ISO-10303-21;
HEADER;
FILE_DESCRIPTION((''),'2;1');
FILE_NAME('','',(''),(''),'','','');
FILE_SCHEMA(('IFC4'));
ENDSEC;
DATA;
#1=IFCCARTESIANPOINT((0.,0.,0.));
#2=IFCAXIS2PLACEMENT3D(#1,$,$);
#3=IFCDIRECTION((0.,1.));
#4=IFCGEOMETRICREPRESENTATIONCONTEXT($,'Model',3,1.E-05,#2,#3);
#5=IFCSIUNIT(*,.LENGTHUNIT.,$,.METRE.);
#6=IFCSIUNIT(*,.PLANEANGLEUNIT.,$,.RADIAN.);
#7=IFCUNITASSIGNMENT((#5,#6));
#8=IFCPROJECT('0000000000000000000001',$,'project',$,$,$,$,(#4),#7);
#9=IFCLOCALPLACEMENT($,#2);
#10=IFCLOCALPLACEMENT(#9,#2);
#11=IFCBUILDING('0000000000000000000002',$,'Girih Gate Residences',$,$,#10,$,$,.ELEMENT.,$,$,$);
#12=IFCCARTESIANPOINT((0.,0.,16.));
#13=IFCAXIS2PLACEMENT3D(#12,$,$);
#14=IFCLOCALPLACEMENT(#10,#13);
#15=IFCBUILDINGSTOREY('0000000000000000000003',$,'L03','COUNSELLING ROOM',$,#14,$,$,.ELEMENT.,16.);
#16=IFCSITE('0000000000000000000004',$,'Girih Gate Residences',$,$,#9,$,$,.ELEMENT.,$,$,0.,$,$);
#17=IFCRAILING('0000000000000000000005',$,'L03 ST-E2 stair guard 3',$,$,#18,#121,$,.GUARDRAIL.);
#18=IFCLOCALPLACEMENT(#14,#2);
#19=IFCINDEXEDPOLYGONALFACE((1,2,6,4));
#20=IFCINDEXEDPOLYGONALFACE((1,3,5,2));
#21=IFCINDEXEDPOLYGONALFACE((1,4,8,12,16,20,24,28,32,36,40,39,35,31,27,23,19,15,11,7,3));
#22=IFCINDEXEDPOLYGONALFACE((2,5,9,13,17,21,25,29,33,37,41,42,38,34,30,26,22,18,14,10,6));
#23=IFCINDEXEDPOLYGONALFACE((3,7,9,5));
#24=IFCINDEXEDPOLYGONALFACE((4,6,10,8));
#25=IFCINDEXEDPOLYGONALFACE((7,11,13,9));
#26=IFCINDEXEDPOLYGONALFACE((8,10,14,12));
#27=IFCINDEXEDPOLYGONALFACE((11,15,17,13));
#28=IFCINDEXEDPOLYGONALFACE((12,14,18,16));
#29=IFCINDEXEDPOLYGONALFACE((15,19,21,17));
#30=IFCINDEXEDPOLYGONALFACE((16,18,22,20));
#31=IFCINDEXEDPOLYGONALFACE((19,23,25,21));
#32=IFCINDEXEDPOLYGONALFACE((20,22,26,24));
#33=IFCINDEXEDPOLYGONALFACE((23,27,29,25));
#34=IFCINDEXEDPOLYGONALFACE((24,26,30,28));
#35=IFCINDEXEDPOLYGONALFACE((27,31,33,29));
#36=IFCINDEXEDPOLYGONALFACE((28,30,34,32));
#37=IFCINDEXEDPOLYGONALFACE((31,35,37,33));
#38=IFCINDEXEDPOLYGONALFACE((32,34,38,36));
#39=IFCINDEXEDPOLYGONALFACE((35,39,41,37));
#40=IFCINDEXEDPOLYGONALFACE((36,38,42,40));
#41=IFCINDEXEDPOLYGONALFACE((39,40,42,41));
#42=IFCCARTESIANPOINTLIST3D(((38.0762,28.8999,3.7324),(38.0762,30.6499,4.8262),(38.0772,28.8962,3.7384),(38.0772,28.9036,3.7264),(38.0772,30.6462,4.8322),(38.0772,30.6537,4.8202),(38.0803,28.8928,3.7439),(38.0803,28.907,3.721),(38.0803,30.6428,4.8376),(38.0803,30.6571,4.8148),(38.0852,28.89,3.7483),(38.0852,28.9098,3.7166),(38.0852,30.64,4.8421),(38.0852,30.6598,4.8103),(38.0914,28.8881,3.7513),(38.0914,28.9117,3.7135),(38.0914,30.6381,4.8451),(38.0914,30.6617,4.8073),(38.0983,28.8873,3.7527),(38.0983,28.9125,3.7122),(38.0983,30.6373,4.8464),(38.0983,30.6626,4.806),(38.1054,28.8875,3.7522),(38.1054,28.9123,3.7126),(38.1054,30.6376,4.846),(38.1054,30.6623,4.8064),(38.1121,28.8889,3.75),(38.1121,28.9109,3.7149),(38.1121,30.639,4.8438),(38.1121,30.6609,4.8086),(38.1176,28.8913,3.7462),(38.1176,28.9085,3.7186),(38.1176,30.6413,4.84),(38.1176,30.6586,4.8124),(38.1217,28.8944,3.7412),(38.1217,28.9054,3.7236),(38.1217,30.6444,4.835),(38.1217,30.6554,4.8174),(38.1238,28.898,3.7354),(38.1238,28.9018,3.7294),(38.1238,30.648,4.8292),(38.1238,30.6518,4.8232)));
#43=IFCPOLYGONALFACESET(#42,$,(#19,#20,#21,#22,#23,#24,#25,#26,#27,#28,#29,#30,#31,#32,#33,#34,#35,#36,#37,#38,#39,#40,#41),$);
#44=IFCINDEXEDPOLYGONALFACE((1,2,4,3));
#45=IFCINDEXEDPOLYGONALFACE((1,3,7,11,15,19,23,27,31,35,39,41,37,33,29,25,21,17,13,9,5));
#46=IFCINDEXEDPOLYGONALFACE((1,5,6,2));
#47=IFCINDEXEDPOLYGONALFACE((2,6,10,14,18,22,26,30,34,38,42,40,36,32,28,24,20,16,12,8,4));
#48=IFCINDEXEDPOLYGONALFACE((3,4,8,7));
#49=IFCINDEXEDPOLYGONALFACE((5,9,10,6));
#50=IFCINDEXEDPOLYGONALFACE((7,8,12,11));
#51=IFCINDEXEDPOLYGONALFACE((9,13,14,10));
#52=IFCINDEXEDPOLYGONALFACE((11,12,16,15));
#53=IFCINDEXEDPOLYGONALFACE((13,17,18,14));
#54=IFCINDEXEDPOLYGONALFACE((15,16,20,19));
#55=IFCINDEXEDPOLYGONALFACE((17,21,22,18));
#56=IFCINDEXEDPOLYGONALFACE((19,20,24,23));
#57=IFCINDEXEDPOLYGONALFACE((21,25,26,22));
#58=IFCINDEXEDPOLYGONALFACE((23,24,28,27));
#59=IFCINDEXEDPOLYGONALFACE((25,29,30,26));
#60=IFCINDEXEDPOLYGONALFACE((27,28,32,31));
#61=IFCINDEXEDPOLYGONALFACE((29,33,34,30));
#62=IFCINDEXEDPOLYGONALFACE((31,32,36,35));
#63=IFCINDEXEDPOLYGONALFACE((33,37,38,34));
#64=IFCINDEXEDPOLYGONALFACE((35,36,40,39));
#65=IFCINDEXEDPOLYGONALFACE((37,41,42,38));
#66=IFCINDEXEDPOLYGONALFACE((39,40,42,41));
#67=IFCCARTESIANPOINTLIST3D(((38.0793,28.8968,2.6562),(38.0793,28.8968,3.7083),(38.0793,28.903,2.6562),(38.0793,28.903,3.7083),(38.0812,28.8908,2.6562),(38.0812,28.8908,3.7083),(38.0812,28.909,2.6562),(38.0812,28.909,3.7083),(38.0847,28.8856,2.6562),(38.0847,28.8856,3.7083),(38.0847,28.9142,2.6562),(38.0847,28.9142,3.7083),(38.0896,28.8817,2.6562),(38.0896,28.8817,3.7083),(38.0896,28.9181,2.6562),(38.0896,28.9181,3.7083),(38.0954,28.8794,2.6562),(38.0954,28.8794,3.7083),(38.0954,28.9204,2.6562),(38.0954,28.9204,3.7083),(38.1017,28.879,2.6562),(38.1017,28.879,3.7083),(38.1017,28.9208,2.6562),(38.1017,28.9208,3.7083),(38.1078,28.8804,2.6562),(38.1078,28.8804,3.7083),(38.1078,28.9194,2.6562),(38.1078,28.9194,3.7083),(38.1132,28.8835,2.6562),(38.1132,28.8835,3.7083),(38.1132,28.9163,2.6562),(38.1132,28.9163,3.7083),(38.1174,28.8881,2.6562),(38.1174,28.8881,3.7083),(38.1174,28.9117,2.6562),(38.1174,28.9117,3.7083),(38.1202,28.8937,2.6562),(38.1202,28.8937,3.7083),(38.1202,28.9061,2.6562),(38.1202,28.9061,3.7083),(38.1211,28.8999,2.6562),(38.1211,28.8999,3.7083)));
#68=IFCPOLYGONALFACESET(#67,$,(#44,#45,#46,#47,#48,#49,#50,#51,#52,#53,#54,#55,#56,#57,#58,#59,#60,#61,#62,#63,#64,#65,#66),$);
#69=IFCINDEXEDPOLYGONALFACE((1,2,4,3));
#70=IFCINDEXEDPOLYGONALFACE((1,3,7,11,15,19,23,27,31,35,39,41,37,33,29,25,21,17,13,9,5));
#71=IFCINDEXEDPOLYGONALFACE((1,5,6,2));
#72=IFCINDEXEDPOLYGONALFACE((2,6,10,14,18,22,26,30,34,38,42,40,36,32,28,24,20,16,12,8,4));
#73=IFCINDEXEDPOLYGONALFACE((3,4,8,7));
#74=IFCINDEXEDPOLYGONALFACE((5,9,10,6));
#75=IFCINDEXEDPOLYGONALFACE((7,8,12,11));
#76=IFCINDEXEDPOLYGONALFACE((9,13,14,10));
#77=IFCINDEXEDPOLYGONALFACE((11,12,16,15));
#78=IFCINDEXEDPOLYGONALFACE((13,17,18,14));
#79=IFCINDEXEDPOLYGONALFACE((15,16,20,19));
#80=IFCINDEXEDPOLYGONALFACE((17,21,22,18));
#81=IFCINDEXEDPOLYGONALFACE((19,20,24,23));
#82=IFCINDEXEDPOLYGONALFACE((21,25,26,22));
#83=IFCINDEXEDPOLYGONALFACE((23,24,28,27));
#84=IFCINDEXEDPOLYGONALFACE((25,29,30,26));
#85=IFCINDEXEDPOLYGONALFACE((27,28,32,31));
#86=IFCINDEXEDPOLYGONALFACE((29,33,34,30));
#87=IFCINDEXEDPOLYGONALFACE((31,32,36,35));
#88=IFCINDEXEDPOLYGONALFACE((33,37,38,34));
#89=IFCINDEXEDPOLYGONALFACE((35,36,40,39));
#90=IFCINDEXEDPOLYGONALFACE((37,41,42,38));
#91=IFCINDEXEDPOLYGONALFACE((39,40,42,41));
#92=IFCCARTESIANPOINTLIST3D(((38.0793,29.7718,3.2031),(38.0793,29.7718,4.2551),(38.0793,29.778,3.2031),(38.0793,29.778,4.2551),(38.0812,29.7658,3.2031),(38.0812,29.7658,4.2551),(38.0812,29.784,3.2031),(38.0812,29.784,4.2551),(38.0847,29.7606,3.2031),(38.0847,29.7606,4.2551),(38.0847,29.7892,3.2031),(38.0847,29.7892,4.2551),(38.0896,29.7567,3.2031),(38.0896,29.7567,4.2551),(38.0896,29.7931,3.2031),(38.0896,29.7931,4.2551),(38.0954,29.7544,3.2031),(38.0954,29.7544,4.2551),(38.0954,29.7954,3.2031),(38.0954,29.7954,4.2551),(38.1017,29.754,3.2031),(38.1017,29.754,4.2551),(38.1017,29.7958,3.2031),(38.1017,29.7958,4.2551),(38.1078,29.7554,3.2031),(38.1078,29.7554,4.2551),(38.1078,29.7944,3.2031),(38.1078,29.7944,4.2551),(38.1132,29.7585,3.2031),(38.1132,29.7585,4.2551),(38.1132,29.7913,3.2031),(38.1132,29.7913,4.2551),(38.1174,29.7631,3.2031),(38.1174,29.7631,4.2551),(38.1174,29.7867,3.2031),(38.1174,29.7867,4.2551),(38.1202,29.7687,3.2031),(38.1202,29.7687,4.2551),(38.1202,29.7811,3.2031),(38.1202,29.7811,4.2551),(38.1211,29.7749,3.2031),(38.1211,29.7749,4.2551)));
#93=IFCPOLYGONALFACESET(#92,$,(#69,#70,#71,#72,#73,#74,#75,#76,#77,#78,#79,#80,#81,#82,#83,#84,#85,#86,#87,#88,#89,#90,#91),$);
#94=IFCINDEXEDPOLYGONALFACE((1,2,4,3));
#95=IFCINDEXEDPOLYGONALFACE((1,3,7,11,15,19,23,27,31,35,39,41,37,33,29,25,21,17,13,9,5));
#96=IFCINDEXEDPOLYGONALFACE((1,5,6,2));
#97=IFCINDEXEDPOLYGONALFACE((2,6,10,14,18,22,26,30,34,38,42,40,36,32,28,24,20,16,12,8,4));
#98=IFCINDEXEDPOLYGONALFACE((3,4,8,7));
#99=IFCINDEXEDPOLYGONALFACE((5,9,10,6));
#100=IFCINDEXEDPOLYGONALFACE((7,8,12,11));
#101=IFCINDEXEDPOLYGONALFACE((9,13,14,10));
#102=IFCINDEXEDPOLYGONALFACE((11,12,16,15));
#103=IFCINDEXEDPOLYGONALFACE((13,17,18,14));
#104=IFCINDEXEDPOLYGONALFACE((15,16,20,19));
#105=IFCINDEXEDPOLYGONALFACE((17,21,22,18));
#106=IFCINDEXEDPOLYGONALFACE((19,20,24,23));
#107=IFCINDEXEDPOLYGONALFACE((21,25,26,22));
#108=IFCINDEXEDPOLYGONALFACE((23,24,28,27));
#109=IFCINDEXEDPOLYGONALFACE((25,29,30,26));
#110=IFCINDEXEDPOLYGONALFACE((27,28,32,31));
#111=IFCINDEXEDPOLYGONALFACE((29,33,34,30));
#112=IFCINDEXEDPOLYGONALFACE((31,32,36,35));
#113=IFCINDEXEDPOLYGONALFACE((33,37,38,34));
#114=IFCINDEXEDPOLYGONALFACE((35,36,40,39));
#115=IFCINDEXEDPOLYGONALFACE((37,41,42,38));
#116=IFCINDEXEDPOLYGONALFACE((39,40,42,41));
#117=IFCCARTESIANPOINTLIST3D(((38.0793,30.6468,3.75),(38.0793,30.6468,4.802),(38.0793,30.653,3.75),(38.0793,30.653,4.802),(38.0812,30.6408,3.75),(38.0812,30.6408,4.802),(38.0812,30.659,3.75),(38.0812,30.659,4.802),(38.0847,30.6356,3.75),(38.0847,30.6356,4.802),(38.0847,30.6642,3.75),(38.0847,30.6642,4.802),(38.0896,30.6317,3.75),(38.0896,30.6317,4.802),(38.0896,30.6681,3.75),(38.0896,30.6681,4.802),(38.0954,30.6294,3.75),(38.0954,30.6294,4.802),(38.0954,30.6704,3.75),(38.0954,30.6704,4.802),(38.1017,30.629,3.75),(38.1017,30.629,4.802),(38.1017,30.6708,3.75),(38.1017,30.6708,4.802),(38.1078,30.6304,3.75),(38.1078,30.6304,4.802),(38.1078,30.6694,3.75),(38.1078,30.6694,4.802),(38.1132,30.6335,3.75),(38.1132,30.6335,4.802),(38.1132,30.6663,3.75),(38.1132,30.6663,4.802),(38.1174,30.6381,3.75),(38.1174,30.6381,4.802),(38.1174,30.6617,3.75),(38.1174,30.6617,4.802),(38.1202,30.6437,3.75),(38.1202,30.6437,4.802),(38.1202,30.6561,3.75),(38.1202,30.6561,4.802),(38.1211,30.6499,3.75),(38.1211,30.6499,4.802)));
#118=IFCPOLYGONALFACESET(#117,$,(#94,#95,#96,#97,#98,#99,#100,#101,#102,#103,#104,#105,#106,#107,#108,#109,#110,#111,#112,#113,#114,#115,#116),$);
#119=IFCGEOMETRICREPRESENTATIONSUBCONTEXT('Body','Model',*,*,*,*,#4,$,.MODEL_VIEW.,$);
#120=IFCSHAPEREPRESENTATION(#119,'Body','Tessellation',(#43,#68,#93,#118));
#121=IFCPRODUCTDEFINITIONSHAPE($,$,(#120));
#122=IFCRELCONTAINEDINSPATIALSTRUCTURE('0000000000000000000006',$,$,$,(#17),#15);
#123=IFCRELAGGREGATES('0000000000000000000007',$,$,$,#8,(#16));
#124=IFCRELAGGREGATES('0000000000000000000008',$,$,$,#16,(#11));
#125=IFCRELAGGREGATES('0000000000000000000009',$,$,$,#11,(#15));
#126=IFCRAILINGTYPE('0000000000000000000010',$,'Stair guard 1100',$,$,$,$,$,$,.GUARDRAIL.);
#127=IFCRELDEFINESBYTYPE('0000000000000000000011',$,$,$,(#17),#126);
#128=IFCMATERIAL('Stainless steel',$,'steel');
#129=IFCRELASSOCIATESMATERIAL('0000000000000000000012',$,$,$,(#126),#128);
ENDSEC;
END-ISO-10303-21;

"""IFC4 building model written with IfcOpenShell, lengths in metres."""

from ifc_helpers import new_model, si_unit, direction, frame, origin, origin_2d, place, context, subcontext, project, spatial, circle, extrude, material, type_object, element, save


model = new_model("IFC4")

# Units and contexts
model_context = context("Model", 3, precision=1e-05, world=origin(), true_north=direction((0.0, 1.0)))
body_context = subcontext(model_context, "Body", "Model", "MODEL_VIEW")
ifc_project = project(units=[si_unit("LENGTHUNIT", "METRE"), si_unit("PLANEANGLEUNIT", "RADIAN")], contexts=[model_context])

# Site, building, storey
site_placement = place(None, origin())
site = spatial("IfcSite", under=ifc_project, at=site_placement, Name="Girih Gate Residences", CompositionType="ELEMENT", RefElevation=0.0)
building_placement = place(site_placement, origin())
building = spatial("IfcBuilding", under=site, at=building_placement, Name="Girih Gate Residences", CompositionType="ELEMENT")
storey_placement = place(building_placement, frame((0.0, 0.0, 16.0)))
storey = spatial("IfcBuildingStorey", under=building, at=storey_placement, Name="L03", Description="COUNSELLING ROOM", CompositionType="ELEMENT", Elevation=16.0)

# Railing
ifc_material_1 = material(Name="Stainless steel", Category="steel")
railing_type_1 = type_object("IfcRailingType", Name="Stair guard 1100", PredefinedType="GUARDRAIL", material=ifc_material_1)
railing_1_placement = place(storey_placement, frame((38.1001, 28.8999, 2.6562)))
element("IfcRailing", 1, at=railing_1_placement, inside=storey, type_object=railing_type_1, Name="L03 ST-E2 stair guard 3", PredefinedType="GUARDRAIL", context=body_context, shape_type="SweptSolid", body=[
    extrude(circle(Radius=0.0239, at=origin_2d()), frame((0.0, 0.0, 1.0762), z_axis=(0.0, 0.847998, 0.529999), x_axis=(-1.0, 0.0, 0.0)), (0.0, 0.0, 1.0), 2.0637),
    extrude(circle(Radius=0.021, at=origin_2d()), origin(), (0.0, 0.0, 1.0), 1.052),
    extrude(circle(Radius=0.021, at=origin_2d()), frame((0.0, 0.875, 0.5469)), (0.0, 0.0, 1.0), 1.052),
    extrude(circle(Radius=0.021, at=origin_2d()), frame((0.0, 1.75, 1.0938)), (0.0, 0.0, 1.0), 1.052),
])

save(model, "model.ifc")
